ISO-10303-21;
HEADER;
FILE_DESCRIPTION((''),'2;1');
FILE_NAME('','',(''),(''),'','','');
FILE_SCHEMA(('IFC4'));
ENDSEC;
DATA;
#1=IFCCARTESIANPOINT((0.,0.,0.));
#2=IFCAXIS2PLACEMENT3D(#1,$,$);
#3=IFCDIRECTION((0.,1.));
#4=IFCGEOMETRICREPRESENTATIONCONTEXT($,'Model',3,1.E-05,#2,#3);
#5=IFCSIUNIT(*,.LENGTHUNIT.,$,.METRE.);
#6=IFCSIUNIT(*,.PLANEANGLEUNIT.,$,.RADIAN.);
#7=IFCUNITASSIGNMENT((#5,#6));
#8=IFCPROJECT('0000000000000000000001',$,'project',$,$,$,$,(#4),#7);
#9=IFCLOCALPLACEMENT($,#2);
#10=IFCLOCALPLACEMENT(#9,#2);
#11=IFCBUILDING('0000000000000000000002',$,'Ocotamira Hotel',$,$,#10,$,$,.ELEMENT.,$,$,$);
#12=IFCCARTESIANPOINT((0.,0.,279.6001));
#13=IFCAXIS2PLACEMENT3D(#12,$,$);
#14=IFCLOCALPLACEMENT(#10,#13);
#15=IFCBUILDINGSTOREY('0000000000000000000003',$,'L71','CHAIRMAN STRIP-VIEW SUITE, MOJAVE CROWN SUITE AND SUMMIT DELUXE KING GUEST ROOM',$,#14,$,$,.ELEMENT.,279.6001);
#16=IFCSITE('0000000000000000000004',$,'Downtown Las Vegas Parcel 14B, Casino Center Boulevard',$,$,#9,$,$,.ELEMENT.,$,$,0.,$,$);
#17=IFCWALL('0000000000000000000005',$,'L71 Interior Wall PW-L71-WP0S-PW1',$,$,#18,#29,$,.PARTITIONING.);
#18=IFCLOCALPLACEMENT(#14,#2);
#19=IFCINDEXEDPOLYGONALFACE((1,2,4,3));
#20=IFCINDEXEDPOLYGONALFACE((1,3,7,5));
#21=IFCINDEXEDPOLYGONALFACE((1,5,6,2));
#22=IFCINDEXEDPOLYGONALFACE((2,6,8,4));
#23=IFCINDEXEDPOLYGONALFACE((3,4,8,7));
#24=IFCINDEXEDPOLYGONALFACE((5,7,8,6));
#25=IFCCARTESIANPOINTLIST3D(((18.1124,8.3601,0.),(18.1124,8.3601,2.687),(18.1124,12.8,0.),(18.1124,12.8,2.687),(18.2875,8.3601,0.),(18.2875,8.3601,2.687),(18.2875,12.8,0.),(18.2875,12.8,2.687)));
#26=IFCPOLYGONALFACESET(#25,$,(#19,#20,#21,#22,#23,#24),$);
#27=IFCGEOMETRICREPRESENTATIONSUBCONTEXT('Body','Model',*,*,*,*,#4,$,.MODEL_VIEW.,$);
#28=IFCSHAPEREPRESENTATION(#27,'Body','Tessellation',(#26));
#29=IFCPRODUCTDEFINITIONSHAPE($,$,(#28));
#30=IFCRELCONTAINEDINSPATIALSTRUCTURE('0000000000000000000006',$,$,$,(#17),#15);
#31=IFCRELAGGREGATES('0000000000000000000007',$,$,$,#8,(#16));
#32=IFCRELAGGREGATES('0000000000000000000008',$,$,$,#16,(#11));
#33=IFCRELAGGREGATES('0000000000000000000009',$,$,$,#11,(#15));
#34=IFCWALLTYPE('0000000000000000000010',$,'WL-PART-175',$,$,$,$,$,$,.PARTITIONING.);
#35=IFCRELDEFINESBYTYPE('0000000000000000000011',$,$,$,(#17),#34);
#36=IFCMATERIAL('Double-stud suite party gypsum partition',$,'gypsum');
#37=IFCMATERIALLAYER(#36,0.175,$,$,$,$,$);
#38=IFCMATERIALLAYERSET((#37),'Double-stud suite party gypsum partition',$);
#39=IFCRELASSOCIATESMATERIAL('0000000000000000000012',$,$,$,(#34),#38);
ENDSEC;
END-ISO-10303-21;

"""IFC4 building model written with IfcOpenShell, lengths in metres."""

from ifc_helpers import new_model, si_unit, direction, frame, frame_2d, origin, place, context, subcontext, project, spatial, rectangle, extrude, material, layer, layer_set, type_object, element, save


model = new_model("IFC4")

# Units and contexts
model_context = context("Model", 3, precision=1e-05, world=origin(), true_north=direction((0.0, 1.0)))
body_context = subcontext(model_context, "Body", "Model", "MODEL_VIEW")
ifc_project = project(units=[si_unit("LENGTHUNIT", "METRE"), si_unit("PLANEANGLEUNIT", "RADIAN")], contexts=[model_context])

# Site, building, storey
site_placement = place(None, origin())
site = spatial("IfcSite", under=ifc_project, at=site_placement, Name="Downtown Las Vegas Parcel 14B, Casino Center Boulevard", CompositionType="ELEMENT", RefElevation=0.0)
building_placement = place(site_placement, origin())
building = spatial("IfcBuilding", under=site, at=building_placement, Name="Ocotamira Hotel", CompositionType="ELEMENT")
storey_placement = place(building_placement, frame((0.0, 0.0, 279.6001)))
storey = spatial("IfcBuildingStorey", under=building, at=storey_placement, Name="L71", Description="CHAIRMAN STRIP-VIEW SUITE, MOJAVE CROWN SUITE AND SUMMIT DELUXE KING GUEST ROOM", CompositionType="ELEMENT", Elevation=279.6001)

# Wall
ifc_material_1 = material(Name="Double-stud suite party gypsum partition", Category="gypsum")
ifc_layer_1 = layer(ifc_material_1, 0.175)
ifc_layer_set_1 = layer_set([ifc_layer_1], Name="Double-stud suite party gypsum partition")
wall_type_1 = type_object("IfcWallType", Name="WL-PART-175", PredefinedType="PARTITIONING", material=ifc_layer_set_1)
wall_1_placement = place(storey_placement, frame((18.2, 8.3601, 0.0), z_axis=(0.0, 0.0, 1.0), x_axis=(0.0, 1.0, 0.0)))
element("IfcWall", 1, at=wall_1_placement, inside=storey, type_object=wall_type_1, Name="L71 Interior Wall PW-L71-WP0S-PW1", PredefinedType="PARTITIONING", context=body_context, shape_type="SweptSolid", body=[
    extrude(rectangle(XDim=4.4399, YDim=0.175, at=frame_2d((2.22, 0.0))), origin(), (0.0, 0.0, 1.0), 2.687),
])

save(model, "model.ifc")
